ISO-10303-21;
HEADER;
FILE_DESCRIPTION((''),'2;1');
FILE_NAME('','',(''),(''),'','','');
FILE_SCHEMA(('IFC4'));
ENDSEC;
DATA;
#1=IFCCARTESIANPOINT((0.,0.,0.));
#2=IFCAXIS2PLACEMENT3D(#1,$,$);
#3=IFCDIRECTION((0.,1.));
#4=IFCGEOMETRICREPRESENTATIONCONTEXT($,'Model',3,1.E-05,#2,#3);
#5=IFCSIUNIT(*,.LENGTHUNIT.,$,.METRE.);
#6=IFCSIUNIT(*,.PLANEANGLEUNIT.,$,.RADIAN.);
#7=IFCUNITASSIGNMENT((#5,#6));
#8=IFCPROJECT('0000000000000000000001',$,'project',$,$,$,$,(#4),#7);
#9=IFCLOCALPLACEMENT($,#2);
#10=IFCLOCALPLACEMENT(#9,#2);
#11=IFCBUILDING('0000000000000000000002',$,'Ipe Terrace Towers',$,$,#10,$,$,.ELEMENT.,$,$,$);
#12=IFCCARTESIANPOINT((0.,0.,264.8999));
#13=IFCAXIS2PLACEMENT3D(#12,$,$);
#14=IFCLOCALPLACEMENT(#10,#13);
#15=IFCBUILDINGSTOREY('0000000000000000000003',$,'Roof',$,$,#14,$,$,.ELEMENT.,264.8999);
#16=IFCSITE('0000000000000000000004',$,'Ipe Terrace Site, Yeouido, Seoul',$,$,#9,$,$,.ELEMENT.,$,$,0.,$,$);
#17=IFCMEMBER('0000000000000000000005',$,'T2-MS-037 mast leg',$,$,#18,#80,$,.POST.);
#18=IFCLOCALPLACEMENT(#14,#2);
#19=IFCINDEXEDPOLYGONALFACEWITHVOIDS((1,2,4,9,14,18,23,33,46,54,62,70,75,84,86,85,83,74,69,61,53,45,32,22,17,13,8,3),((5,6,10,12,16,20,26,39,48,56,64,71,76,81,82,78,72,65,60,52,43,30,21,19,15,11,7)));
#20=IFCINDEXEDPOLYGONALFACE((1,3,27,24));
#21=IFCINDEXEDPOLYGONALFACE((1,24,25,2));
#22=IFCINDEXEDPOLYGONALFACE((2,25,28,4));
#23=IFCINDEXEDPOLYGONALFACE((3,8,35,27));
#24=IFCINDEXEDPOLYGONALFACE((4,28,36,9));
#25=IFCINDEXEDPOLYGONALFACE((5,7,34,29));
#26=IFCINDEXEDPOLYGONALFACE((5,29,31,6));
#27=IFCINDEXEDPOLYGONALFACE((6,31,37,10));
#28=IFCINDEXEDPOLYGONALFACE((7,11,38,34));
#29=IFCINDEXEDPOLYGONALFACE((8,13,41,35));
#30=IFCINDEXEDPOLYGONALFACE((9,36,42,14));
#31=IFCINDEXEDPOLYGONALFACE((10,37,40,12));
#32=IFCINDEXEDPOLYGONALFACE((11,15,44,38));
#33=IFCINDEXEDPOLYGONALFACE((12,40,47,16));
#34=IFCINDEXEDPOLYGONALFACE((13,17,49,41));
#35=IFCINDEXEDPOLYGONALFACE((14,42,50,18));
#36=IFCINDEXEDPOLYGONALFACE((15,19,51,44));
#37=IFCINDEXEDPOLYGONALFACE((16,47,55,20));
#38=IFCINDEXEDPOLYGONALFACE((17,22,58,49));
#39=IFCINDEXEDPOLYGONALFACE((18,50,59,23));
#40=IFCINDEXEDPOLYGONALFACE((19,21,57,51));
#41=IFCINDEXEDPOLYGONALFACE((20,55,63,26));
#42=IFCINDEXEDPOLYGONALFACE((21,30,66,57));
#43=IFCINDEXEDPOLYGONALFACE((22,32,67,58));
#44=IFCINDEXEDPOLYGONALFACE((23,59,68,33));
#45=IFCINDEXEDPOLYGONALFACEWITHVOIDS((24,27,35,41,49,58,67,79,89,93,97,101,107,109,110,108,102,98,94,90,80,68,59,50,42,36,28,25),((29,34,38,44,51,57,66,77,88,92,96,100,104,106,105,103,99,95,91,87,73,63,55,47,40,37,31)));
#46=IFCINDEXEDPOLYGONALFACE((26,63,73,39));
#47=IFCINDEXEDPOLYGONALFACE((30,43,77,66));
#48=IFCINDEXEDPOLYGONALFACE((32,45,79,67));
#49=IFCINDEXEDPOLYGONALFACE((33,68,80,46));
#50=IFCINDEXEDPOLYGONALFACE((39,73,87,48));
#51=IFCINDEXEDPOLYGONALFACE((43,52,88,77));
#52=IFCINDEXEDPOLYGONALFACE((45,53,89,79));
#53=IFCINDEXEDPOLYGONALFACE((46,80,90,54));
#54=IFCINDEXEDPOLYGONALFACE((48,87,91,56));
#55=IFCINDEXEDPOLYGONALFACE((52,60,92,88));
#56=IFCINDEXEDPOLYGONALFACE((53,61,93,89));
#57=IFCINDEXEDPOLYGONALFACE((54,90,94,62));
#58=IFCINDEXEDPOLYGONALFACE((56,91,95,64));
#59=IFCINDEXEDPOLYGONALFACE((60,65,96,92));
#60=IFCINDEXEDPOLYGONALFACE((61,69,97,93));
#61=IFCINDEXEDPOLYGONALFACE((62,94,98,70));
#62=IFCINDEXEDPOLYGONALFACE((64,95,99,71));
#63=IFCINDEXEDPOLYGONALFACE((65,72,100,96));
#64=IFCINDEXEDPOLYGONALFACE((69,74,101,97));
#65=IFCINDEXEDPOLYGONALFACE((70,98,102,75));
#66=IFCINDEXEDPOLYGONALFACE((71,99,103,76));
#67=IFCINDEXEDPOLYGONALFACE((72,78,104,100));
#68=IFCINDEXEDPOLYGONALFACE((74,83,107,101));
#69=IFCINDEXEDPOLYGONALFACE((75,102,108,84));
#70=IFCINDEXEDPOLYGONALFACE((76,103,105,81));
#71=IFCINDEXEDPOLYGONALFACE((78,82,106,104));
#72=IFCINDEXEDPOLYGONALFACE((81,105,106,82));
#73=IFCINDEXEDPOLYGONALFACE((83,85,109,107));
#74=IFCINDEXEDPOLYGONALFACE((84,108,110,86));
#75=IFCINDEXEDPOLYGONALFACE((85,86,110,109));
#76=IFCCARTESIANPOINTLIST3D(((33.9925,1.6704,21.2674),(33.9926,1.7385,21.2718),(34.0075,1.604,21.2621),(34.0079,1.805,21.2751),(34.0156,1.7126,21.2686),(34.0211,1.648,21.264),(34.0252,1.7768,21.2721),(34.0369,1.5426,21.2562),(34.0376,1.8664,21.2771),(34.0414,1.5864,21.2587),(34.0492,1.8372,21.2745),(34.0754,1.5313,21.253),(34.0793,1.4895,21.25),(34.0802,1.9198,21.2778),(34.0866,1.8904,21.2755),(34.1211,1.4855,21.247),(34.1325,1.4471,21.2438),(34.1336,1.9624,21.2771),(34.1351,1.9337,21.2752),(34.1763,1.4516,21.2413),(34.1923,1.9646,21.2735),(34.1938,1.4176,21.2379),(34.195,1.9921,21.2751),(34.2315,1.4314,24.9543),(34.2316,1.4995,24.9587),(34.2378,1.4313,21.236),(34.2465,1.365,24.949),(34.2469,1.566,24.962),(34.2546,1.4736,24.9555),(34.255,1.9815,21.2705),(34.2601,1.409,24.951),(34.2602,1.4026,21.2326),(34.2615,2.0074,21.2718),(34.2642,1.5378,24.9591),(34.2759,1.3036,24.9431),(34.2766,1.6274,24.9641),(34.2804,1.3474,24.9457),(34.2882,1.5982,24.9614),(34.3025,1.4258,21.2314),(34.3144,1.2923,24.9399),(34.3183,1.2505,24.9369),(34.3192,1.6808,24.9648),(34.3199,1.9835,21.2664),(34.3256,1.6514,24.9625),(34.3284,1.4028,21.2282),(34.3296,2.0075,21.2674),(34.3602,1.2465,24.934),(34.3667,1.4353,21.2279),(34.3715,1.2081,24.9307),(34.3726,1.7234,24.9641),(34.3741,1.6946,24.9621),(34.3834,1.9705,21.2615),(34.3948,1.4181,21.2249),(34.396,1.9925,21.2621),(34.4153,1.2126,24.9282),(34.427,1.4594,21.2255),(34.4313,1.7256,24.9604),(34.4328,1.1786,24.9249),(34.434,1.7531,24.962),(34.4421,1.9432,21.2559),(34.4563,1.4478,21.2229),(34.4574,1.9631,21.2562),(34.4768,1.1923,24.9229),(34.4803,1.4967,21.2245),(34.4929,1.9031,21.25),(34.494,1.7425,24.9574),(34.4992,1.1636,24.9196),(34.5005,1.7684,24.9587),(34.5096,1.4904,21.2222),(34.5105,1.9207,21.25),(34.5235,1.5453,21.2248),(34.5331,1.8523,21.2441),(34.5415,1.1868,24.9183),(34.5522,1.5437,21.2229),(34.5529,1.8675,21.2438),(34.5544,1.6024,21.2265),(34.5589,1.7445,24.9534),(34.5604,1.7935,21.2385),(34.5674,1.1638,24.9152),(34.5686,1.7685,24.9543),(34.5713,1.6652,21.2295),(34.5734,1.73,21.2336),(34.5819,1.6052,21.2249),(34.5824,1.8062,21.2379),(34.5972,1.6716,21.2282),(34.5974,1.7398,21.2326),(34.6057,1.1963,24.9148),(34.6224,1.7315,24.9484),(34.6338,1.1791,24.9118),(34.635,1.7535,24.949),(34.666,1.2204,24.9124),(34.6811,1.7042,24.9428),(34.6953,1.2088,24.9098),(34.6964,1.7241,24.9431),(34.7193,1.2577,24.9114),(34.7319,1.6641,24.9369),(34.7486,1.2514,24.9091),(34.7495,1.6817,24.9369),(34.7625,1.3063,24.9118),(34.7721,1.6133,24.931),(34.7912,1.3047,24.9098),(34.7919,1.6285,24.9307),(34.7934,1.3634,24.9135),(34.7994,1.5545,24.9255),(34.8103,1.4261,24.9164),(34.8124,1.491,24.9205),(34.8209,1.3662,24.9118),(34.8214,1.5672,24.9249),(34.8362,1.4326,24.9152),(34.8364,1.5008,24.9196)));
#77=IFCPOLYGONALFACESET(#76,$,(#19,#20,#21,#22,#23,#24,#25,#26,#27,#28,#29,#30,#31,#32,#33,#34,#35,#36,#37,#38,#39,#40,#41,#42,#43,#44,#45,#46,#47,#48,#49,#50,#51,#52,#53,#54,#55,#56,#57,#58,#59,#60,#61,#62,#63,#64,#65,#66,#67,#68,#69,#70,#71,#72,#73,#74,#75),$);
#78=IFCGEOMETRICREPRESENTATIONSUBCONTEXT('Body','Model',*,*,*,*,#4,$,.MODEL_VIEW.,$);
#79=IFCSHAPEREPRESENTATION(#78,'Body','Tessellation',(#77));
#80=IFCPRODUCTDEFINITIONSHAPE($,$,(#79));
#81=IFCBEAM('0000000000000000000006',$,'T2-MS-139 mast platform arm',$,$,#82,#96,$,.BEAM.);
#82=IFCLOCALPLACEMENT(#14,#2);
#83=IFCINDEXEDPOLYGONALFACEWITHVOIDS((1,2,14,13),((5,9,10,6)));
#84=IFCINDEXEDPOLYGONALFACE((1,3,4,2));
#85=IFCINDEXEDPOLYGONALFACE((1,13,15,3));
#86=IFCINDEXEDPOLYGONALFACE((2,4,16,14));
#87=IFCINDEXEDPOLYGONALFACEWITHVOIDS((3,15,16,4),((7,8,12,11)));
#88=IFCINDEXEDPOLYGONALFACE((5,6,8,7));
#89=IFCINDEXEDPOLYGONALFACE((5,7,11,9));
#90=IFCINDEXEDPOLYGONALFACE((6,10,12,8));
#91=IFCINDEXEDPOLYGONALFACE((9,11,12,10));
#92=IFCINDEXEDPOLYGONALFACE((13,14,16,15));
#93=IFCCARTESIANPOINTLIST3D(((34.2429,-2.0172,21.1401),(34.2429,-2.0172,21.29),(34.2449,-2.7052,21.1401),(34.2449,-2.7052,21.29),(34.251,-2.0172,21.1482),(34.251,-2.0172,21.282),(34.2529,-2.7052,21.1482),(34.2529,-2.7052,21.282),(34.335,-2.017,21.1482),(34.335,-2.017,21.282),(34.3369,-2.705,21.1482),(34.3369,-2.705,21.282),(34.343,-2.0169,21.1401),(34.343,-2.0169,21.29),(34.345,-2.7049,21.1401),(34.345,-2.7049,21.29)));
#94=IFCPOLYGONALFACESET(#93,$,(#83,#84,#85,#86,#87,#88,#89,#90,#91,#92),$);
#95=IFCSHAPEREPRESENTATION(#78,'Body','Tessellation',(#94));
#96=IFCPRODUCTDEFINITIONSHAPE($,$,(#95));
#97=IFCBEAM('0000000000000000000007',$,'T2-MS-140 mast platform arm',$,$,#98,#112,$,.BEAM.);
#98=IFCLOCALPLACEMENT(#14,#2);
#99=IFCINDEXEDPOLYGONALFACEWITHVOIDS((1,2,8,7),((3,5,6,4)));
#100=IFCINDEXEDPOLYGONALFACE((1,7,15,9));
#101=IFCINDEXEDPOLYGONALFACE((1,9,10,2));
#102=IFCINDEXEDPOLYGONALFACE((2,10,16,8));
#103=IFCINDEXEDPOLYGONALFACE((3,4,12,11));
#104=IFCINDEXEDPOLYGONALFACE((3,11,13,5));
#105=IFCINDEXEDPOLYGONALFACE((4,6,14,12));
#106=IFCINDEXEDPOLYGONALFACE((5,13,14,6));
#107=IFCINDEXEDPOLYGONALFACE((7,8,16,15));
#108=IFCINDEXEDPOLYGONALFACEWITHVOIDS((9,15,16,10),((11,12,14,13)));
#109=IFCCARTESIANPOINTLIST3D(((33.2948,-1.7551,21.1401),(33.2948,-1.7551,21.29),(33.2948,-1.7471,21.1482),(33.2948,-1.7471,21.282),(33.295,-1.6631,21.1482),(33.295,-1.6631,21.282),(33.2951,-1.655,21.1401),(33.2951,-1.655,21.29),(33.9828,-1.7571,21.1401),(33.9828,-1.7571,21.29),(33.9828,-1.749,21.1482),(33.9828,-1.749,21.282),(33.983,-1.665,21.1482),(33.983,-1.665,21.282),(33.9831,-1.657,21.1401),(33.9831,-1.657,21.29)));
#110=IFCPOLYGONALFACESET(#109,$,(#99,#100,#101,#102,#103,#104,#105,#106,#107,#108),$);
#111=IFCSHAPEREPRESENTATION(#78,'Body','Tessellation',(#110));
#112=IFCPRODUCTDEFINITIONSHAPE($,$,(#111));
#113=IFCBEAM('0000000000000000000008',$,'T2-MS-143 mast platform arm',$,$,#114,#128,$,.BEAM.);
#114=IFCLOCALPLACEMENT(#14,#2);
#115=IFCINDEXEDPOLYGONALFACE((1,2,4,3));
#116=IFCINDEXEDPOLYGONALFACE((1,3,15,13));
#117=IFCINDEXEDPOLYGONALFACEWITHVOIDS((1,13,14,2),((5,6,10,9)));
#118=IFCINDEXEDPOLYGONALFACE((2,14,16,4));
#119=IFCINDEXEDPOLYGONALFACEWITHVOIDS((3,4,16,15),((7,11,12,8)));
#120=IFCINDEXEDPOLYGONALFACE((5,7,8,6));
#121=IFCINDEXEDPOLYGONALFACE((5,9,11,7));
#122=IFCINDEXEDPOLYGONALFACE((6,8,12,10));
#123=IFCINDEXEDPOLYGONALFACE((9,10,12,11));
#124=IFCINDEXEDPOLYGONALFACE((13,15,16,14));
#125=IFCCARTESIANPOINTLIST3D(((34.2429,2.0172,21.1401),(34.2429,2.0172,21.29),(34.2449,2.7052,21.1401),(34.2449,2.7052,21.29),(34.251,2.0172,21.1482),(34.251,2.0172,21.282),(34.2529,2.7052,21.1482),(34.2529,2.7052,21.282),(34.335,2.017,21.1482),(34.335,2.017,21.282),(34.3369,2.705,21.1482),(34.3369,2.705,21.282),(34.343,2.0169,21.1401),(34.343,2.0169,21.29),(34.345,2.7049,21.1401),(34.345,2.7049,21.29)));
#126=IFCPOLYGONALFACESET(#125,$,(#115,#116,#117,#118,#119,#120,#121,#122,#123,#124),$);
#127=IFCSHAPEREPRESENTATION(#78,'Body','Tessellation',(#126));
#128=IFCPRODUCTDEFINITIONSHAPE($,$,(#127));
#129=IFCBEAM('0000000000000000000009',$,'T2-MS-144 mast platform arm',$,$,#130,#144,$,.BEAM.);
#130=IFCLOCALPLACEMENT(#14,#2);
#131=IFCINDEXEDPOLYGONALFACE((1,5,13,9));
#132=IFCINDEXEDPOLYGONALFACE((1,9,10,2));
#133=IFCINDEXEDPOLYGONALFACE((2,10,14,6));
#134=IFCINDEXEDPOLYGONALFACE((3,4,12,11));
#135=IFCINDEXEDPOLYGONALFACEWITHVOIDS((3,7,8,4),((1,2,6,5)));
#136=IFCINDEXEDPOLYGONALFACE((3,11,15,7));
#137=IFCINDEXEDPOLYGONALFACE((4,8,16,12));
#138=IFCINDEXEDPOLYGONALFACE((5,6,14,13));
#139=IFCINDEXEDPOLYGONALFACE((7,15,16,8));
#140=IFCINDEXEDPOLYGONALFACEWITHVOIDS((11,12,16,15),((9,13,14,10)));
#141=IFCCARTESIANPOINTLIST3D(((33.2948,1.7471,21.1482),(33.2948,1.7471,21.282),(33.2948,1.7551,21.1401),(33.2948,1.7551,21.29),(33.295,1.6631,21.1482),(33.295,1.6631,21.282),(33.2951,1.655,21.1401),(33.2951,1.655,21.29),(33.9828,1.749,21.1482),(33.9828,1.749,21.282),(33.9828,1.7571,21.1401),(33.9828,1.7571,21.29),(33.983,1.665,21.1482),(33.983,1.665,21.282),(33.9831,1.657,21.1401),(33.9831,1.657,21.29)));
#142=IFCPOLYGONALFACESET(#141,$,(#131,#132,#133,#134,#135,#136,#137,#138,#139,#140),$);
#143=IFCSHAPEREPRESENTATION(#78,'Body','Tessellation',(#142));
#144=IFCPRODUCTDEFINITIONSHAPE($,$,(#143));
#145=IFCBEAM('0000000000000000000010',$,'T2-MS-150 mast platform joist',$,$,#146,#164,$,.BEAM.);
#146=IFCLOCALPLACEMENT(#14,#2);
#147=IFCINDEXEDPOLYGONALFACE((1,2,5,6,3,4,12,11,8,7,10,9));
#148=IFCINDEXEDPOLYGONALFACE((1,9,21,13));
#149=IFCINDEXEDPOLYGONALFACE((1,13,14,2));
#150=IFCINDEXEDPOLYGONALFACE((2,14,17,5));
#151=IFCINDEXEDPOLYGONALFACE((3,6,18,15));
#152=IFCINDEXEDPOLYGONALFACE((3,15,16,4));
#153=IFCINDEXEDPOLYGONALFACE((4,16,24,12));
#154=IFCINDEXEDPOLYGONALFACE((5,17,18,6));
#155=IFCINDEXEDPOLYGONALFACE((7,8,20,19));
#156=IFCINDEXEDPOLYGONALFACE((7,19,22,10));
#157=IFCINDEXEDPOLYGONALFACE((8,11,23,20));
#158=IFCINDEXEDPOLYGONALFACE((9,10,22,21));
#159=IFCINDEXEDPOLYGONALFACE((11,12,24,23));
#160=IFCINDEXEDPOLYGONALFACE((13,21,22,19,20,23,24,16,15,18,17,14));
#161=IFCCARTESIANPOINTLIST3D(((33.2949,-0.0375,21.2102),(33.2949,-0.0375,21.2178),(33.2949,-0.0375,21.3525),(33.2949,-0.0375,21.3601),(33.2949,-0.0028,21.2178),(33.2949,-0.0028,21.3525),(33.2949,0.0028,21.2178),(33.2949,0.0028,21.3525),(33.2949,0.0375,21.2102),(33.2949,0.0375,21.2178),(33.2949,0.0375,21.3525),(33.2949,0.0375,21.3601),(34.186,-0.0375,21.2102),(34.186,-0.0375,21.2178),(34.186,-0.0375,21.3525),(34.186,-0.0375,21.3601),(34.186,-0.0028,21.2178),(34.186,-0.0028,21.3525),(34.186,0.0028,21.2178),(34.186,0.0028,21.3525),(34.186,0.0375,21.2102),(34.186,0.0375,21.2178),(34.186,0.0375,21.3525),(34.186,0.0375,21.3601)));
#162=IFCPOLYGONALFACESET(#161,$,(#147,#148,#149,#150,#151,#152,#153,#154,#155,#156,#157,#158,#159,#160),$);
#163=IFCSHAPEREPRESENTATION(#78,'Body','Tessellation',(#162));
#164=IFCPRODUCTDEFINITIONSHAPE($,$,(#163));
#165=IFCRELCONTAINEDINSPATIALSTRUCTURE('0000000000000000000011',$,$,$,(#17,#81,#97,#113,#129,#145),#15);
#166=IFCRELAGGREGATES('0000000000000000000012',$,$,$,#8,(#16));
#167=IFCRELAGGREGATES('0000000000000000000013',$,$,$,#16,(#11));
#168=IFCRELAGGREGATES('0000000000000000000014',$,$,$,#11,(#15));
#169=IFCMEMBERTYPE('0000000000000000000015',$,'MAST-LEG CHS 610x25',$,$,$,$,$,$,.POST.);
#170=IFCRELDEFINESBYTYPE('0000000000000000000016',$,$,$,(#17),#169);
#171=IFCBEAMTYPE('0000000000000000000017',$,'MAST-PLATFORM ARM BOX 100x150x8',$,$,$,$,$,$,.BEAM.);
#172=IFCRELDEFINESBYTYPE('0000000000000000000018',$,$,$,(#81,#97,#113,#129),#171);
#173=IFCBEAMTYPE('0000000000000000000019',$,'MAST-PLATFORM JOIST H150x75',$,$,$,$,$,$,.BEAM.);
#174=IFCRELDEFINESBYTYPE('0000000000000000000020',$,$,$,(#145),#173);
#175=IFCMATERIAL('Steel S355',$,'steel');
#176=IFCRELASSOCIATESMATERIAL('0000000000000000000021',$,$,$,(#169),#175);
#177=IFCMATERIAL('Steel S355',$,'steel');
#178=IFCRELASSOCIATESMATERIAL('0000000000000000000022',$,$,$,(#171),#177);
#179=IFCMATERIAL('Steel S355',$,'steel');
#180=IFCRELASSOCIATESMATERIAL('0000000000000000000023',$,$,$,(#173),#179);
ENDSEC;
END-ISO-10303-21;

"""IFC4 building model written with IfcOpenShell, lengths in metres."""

from ifc_helpers import new_model, si_unit, direction, frame, origin, origin_2d, place, context, subcontext, project, spatial, hollow_rectangle, hollow_circle, i_section, extrude, material, material_profile, profile_set, type_object, element, save


model = new_model("IFC4")

# Units and contexts
model_context = context("Model", 3, precision=1e-05, world=origin(), true_north=direction((0.0, 1.0)))
body_context = subcontext(model_context, "Body", "Model", "MODEL_VIEW")
ifc_project = project(units=[si_unit("LENGTHUNIT", "METRE"), si_unit("PLANEANGLEUNIT", "RADIAN")], contexts=[model_context])

# Site, building, storey
site_placement = place(None, origin())
site = spatial("IfcSite", under=ifc_project, at=site_placement, Name="Ipe Terrace Site, Yeouido, Seoul", CompositionType="ELEMENT", RefElevation=0.0)
building_placement = place(site_placement, origin())
building = spatial("IfcBuilding", under=site, at=building_placement, Name="Ipe Terrace Towers", CompositionType="ELEMENT")
storey_placement = place(building_placement, frame((0.0, 0.0, 264.8999)))
storey = spatial("IfcBuildingStorey", under=building, at=storey_placement, Name="Roof", CompositionType="ELEMENT", Elevation=264.8999)

# Member
ifc_material_1 = material(Name="Steel S355", Category="steel")
ifc_material_profile_1 = material_profile(ifc_material_1, hollow_circle(Radius=0.3049, WallThickness=0.0249, at=origin_2d()), Name="MAST-LEG CHS 610x25")
ifc_profile_set_1 = profile_set([ifc_material_profile_1], Name="Steel S355")
member_type_1 = type_object("IfcMemberType", Name="MAST-LEG CHS 610x25", PredefinedType="POST", material=ifc_profile_set_1)
member_1_placement = place(storey_placement, frame((34.2949, 1.7051, 21.25), z_axis=(0.064555, -0.064555, 0.995824), x_axis=(0.707107, 0.707107, 0.0)))
element("IfcMember", 1, at=member_1_placement, inside=storey, type_object=member_type_1, Name="T2-MS-037 mast leg", PredefinedType="POST", context=body_context, shape_type="SweptSolid", body=[
    extrude(hollow_circle(Radius=0.3049, WallThickness=0.0249, at=origin_2d()), origin(), (0.0, 0.0, 1.0), 3.7024),
])

# Beams
ifc_material_2 = material(Name="Steel S355", Category="steel")
ifc_material_profile_2 = material_profile(ifc_material_2, hollow_rectangle(XDim=0.1001, YDim=0.1499, WallThickness=0.0081, at=origin_2d()), Name="MAST-PLATFORM ARM BOX 100x150x8")
ifc_profile_set_2 = profile_set([ifc_material_profile_2], Name="Steel S355")
beam_type_1 = type_object("IfcBeamType", Name="MAST-PLATFORM ARM BOX 100x150x8", PredefinedType="BEAM", material=ifc_profile_set_2)
for number, where, z_axis, x_axis, name in (
    (2, (34.293, -2.0171, 21.2151), (0.002839, -0.999996, 0.0), (0.999996, 0.002839, 0.0), "T2-MS-139 mast platform arm"),
    (3, (33.9829, -1.707, 21.2151), (-0.999996, 0.002839, 0.0), (-0.002839, -0.999996, 0.0), "T2-MS-140 mast platform arm"),
    (4, (34.293, 2.0171, 21.2151), (0.002839, 0.999996, 0.0), (-0.999996, 0.002839, 0.0), "T2-MS-143 mast platform arm"),
    (5, (33.9829, 1.707, 21.2151), (-0.999996, -0.002839, 0.0), (0.002839, -0.999996, 0.0), "T2-MS-144 mast platform arm"),
):
    element("IfcBeam", number, at=place(storey_placement, frame(where, z_axis=z_axis, x_axis=x_axis)), inside=storey, type_object=beam_type_1, Name=name, PredefinedType="BEAM", context=body_context, shape_type="SweptSolid", body=[
        extrude(hollow_rectangle(XDim=0.1001, YDim=0.1499, WallThickness=0.0081, at=origin_2d()), origin(), (0.0, 0.0, 1.0), 0.688),
    ])
ifc_material_3 = material(Name="Steel S355", Category="steel")
ifc_material_profile_3 = material_profile(ifc_material_3, i_section(OverallWidth=0.075, OverallDepth=0.1499, WebThickness=0.0056, FlangeThickness=0.0076, at=origin_2d()), Name="H150x75")
ifc_profile_set_3 = profile_set([ifc_material_profile_3], Name="Steel S355")
beam_type_2 = type_object("IfcBeamType", Name="MAST-PLATFORM JOIST H150x75", PredefinedType="BEAM", material=ifc_profile_set_3)
beam_placement = place(storey_placement, frame((34.186, 0.0, 21.2852), z_axis=(-1.0, 0.0, 0.0), x_axis=(0.0, -1.0, 0.0)))
element("IfcBeam", 6, at=beam_placement, inside=storey, type_object=beam_type_2, Name="T2-MS-150 mast platform joist", PredefinedType="BEAM", context=body_context, shape_type="SweptSolid", body=[
    extrude(i_section(OverallWidth=0.075, OverallDepth=0.1499, WebThickness=0.0056, FlangeThickness=0.0076, at=origin_2d()), origin(), (0.0, 0.0, 1.0), 0.8911),
])

save(model, "model.ifc")
